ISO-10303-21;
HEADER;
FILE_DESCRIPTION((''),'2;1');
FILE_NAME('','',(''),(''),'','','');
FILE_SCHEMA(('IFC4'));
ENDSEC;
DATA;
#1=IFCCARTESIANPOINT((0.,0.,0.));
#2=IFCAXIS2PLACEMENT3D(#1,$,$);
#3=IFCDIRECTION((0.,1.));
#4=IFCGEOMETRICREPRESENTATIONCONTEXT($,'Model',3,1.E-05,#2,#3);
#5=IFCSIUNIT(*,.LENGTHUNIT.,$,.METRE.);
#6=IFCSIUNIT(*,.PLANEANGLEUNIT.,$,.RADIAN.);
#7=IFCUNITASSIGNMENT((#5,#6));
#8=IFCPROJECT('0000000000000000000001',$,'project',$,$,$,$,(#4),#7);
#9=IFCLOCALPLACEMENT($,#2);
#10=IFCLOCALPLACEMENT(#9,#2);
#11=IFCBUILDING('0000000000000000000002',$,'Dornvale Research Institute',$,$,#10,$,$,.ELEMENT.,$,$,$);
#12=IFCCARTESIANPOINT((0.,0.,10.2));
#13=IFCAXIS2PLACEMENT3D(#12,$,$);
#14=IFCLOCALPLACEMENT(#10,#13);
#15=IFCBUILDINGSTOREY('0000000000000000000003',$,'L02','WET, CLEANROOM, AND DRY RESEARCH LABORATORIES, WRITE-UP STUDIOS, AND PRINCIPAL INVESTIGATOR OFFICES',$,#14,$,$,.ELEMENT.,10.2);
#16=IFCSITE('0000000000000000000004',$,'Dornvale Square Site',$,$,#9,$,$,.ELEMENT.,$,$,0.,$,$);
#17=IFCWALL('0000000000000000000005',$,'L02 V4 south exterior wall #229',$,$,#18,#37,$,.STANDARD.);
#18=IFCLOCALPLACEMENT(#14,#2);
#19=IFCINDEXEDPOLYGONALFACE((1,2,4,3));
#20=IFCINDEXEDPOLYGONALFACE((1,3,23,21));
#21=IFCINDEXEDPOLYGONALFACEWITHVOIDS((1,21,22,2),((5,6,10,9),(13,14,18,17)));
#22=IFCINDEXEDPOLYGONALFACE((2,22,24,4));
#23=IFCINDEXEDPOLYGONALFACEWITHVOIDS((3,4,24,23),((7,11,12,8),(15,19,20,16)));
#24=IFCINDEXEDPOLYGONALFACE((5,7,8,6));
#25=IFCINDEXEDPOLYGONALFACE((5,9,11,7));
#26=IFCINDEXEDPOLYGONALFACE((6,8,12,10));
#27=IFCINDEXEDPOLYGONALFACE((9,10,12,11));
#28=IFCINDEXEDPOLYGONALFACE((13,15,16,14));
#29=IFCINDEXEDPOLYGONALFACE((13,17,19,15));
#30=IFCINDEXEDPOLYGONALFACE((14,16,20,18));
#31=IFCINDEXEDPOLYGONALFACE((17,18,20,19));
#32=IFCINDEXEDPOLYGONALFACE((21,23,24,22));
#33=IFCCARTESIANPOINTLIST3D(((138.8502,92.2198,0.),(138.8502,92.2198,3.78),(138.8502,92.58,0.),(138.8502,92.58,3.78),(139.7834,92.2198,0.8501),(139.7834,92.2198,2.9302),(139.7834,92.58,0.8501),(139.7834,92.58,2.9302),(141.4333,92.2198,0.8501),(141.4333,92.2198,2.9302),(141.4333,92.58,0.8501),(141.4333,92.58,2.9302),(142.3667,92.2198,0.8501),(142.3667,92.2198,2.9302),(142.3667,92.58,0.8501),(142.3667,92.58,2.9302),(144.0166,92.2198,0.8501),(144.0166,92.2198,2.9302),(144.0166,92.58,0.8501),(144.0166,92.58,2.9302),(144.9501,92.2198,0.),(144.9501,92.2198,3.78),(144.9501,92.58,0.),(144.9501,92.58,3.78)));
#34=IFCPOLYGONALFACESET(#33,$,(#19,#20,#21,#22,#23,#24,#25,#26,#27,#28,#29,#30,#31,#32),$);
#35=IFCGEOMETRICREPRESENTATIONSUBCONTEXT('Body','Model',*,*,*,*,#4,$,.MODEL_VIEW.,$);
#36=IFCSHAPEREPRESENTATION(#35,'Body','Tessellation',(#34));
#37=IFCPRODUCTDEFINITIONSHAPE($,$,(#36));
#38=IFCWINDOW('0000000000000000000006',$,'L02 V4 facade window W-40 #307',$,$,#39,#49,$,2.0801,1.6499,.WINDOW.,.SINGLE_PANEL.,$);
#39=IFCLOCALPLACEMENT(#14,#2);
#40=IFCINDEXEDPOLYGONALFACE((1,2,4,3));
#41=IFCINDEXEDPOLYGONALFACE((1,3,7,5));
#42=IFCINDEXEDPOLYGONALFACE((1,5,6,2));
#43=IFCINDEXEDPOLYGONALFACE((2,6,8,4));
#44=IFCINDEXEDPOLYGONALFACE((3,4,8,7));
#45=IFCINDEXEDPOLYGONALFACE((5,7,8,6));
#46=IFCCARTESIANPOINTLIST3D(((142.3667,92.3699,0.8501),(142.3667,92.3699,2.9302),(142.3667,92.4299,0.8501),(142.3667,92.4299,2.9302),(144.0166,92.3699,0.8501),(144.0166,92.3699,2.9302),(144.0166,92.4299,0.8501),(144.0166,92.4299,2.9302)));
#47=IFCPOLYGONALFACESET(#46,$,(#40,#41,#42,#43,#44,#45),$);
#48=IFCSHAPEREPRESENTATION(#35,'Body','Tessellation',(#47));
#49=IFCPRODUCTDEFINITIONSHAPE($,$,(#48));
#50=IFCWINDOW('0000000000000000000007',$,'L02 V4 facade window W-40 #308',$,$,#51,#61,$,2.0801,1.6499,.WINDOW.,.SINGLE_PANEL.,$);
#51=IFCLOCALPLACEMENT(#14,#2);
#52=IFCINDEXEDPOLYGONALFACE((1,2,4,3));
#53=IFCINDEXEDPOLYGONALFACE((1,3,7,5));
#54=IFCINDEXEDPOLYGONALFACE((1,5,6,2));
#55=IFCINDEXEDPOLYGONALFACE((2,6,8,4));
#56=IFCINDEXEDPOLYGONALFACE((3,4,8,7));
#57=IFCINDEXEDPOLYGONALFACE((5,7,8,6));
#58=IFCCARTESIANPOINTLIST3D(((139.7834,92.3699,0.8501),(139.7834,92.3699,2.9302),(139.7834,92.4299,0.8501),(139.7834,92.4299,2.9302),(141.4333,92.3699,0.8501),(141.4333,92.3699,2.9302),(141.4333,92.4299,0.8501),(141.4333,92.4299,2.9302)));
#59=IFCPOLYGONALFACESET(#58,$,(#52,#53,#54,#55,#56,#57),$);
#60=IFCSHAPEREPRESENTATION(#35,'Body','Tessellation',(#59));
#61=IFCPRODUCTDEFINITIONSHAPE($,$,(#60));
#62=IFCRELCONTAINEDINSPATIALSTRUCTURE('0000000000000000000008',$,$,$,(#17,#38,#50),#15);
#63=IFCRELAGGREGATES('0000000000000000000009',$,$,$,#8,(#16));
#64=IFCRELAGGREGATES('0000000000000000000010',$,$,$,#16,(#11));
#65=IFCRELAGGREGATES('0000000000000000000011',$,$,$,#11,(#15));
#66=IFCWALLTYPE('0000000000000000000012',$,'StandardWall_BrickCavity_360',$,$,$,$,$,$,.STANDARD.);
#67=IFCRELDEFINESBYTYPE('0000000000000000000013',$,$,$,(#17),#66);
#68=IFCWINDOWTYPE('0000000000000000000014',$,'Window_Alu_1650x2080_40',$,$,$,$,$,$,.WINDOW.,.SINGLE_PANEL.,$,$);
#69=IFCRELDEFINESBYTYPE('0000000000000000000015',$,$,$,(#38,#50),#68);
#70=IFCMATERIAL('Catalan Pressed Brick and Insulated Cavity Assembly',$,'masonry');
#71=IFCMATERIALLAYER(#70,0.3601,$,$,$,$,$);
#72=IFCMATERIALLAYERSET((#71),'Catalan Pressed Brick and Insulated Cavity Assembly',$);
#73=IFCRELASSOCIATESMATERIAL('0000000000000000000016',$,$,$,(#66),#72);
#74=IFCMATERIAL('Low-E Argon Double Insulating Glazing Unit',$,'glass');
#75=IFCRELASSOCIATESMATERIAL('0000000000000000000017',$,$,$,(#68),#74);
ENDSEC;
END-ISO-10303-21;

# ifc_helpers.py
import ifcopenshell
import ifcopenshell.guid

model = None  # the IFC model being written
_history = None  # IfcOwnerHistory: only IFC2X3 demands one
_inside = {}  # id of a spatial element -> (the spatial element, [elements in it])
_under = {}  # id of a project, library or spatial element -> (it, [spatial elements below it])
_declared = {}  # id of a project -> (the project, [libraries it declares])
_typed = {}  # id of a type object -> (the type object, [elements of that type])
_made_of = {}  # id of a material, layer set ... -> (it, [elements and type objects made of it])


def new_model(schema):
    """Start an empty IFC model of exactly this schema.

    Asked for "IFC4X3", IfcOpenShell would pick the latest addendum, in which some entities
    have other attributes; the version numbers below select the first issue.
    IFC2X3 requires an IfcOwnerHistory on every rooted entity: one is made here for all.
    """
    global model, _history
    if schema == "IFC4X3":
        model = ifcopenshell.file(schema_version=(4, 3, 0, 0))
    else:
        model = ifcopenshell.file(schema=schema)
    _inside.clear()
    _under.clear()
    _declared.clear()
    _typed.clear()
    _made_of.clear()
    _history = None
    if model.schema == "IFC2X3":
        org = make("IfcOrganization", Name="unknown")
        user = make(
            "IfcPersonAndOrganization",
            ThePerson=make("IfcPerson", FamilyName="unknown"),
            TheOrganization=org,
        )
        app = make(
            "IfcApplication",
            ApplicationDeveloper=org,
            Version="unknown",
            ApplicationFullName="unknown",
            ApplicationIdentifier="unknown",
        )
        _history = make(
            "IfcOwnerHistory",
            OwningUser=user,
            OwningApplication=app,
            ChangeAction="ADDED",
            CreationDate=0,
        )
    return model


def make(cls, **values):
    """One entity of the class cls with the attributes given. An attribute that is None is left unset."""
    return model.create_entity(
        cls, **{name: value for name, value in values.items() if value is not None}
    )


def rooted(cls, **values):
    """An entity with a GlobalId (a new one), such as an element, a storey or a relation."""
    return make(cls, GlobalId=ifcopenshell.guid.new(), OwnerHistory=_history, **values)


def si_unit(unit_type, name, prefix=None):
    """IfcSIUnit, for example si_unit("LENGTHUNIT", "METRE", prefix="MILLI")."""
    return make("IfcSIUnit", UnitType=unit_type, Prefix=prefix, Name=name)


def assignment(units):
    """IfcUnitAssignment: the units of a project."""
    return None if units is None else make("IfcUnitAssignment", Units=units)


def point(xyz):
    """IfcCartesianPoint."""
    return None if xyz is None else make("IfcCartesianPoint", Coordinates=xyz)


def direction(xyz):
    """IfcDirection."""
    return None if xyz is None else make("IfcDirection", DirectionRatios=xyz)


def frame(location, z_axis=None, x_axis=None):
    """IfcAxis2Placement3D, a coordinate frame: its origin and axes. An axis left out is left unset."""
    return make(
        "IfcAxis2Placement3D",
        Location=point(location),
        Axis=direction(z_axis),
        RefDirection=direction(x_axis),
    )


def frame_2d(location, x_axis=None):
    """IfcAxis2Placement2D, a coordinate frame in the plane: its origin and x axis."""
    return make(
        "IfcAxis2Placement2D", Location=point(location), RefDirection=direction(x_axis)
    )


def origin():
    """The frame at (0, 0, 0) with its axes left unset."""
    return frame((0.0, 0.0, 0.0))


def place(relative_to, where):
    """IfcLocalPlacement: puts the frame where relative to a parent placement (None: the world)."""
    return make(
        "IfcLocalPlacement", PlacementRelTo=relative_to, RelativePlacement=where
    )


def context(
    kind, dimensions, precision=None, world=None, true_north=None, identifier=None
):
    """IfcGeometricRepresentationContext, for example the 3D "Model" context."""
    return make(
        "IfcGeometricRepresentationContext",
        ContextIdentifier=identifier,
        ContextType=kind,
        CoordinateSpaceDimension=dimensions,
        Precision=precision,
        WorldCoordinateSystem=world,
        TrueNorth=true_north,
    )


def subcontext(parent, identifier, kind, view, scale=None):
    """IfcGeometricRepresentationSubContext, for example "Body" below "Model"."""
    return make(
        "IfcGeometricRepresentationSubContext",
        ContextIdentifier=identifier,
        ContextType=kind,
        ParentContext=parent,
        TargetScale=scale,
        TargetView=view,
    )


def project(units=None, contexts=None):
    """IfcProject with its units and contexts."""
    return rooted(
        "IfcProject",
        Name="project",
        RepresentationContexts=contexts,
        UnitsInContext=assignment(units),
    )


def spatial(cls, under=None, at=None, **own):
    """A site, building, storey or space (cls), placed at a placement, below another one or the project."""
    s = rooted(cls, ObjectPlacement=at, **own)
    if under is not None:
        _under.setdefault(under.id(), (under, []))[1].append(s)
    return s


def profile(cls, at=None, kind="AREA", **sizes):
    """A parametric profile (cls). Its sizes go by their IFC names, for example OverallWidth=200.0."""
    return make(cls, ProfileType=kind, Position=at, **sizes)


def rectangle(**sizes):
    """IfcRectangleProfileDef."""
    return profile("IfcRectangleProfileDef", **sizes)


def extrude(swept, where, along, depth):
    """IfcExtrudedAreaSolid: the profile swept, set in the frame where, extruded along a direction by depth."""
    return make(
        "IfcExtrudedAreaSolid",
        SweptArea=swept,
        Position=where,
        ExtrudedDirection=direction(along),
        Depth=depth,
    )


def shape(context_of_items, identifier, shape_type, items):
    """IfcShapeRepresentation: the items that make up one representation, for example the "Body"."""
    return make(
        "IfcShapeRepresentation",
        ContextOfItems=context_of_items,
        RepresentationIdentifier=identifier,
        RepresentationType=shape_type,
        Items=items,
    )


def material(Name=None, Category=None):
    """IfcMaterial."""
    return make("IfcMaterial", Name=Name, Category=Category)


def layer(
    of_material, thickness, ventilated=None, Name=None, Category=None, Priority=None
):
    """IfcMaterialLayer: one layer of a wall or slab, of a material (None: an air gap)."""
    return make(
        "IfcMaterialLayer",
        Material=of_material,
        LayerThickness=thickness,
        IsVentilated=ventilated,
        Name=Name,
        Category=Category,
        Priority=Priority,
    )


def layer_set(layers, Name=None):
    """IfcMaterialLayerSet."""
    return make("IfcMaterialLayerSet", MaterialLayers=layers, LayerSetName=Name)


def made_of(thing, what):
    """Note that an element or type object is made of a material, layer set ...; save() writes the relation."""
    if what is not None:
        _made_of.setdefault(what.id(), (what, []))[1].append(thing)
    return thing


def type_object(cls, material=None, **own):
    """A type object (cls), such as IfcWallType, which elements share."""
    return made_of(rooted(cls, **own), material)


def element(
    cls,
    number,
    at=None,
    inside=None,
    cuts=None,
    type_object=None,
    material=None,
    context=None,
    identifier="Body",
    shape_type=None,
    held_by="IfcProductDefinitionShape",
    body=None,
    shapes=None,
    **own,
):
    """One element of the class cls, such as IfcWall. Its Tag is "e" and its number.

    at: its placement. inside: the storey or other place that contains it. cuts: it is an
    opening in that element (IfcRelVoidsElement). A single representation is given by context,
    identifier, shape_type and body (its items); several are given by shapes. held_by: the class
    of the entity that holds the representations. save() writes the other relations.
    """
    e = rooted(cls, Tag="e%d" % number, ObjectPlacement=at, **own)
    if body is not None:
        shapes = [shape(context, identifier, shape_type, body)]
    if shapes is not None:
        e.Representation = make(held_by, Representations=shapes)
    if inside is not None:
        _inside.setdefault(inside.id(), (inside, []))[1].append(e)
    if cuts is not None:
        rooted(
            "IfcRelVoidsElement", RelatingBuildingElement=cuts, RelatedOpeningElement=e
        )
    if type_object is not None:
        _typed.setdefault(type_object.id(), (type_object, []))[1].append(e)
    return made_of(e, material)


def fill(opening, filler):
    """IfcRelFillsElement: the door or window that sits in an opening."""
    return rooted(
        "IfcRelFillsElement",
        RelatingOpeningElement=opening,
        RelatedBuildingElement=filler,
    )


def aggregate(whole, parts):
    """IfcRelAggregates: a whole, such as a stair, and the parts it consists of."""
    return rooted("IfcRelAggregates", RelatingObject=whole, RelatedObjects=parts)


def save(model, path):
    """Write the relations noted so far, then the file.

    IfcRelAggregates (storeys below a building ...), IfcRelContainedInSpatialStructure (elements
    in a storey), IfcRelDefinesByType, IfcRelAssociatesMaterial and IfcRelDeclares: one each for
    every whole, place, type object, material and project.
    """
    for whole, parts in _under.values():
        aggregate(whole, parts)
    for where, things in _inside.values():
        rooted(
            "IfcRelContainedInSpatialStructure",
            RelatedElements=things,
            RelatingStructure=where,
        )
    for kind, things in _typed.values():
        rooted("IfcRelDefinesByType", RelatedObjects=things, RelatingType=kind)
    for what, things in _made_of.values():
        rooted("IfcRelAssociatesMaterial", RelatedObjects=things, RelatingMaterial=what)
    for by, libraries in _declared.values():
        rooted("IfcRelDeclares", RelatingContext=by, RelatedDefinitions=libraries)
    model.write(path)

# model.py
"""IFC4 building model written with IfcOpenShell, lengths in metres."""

from ifc_helpers import new_model, si_unit, direction, frame, frame_2d, origin, place, context, subcontext, project, spatial, rectangle, extrude, material, layer, layer_set, type_object, element, fill, save


model = new_model("IFC4")

# Units and contexts
model_context = context("Model", 3, precision=1e-05, world=origin(), true_north=direction((0.0, 1.0)))
body_context = subcontext(model_context, "Body", "Model", "MODEL_VIEW")
ifc_project = project(units=[si_unit("LENGTHUNIT", "METRE"), si_unit("PLANEANGLEUNIT", "RADIAN")], contexts=[model_context])

# Site, building, storey
site_placement = place(None, origin())
site = spatial("IfcSite", under=ifc_project, at=site_placement, Name="Dornvale Square Site", CompositionType="ELEMENT", RefElevation=0.0)
building_placement = place(site_placement, origin())
building = spatial("IfcBuilding", under=site, at=building_placement, Name="Dornvale Research Institute", CompositionType="ELEMENT")
storey_placement = place(building_placement, frame((0.0, 0.0, 10.2)))
storey = spatial("IfcBuildingStorey", under=building, at=storey_placement, Name="L02", Description="WET, CLEANROOM, AND DRY RESEARCH LABORATORIES, WRITE-UP STUDIOS, AND PRINCIPAL INVESTIGATOR OFFICES", CompositionType="ELEMENT", Elevation=10.2)

# Wall, openings, windows
ifc_material_1 = material(Name="Catalan Pressed Brick and Insulated Cavity Assembly", Category="masonry")
ifc_layer_1 = layer(ifc_material_1, 0.3601)
ifc_layer_set_1 = layer_set([ifc_layer_1], Name="Catalan Pressed Brick and Insulated Cavity Assembly")
wall_type_1 = type_object("IfcWallType", Name="StandardWall_BrickCavity_360", PredefinedType="STANDARD", material=ifc_layer_set_1)
wall_1_placement = place(storey_placement, frame((144.95, 92.3999, 0.0), z_axis=(0.0, 0.0, 1.0), x_axis=(-1.0, 0.0, 0.0)))
wall_1 = element("IfcWall", 1, at=wall_1_placement, inside=storey, type_object=wall_type_1, Name="L02 V4 south exterior wall #229", PredefinedType="STANDARD", context=body_context, shape_type="SweptSolid", body=[
    extrude(rectangle(XDim=6.0999, YDim=0.3601, at=frame_2d((3.0498, 0.0))), origin(), (0.0, 0.0, 1.0), 3.78),
])
opening_1_placement = place(wall_1_placement, frame((0.9333, 0.0, 0.8501)))
opening_1 = element("IfcOpeningElement", 2, at=opening_1_placement, cuts=wall_1, PredefinedType="OPENING", context=body_context, shape_type="SweptSolid", body=[
    extrude(rectangle(XDim=1.6499, YDim=2.0801, at=frame_2d((0.825, 1.04))), frame((0.0, 0.1951, 0.0), z_axis=(0.0, -1.0, 0.0), x_axis=(1.0, 0.0, 0.0)), (0.0, 0.0, 1.0), 0.3901),
])
opening_2_placement = place(wall_1_placement, frame((3.5166, 0.0, 0.8501)))
opening_2 = element("IfcOpeningElement", 3, at=opening_2_placement, cuts=wall_1, PredefinedType="OPENING", context=body_context, shape_type="SweptSolid", body=[
    extrude(rectangle(XDim=1.6499, YDim=2.0801, at=frame_2d((0.825, 1.04))), frame((0.0, 0.1951, 0.0), z_axis=(0.0, -1.0, 0.0), x_axis=(1.0, 0.0, 0.0)), (0.0, 0.0, 1.0), 0.3901),
])
ifc_material_2 = material(Name="Low-E Argon Double Insulating Glazing Unit", Category="glass")
window_type = type_object("IfcWindowType", Name="Window_Alu_1650x2080_40", PartitioningType="SINGLE_PANEL", PredefinedType="WINDOW", material=ifc_material_2)
window_1_placement = place(opening_1_placement, origin())
window_1 = element("IfcWindow", 4, at=window_1_placement, inside=storey, type_object=window_type, Name="L02 V4 facade window W-40 #307", OverallHeight=2.0801, OverallWidth=1.6499, PartitioningType="SINGLE_PANEL", PredefinedType="WINDOW", context=body_context, shape_type="SweptSolid", body=[
    extrude(rectangle(XDim=1.6499, YDim=2.0801, at=frame_2d((0.825, 1.04))), frame((0.0, 0.03, 0.0), z_axis=(0.0, -1.0, 0.0), x_axis=(1.0, 0.0, 0.0)), (0.0, 0.0, 1.0), 0.0601),
])
fill(opening_1, window_1)
window_2_placement = place(opening_2_placement, origin())
window_2 = element("IfcWindow", 5, at=window_2_placement, inside=storey, type_object=window_type, Name="L02 V4 facade window W-40 #308", OverallHeight=2.0801, OverallWidth=1.6499, PartitioningType="SINGLE_PANEL", PredefinedType="WINDOW", context=body_context, shape_type="SweptSolid", body=[
    extrude(rectangle(XDim=1.6499, YDim=2.0801, at=frame_2d((0.825, 1.04))), frame((0.0, 0.03, 0.0), z_axis=(0.0, -1.0, 0.0), x_axis=(1.0, 0.0, 0.0)), (0.0, 0.0, 1.0), 0.0601),
])
fill(opening_2, window_2)

save(model, "model.ifc")
